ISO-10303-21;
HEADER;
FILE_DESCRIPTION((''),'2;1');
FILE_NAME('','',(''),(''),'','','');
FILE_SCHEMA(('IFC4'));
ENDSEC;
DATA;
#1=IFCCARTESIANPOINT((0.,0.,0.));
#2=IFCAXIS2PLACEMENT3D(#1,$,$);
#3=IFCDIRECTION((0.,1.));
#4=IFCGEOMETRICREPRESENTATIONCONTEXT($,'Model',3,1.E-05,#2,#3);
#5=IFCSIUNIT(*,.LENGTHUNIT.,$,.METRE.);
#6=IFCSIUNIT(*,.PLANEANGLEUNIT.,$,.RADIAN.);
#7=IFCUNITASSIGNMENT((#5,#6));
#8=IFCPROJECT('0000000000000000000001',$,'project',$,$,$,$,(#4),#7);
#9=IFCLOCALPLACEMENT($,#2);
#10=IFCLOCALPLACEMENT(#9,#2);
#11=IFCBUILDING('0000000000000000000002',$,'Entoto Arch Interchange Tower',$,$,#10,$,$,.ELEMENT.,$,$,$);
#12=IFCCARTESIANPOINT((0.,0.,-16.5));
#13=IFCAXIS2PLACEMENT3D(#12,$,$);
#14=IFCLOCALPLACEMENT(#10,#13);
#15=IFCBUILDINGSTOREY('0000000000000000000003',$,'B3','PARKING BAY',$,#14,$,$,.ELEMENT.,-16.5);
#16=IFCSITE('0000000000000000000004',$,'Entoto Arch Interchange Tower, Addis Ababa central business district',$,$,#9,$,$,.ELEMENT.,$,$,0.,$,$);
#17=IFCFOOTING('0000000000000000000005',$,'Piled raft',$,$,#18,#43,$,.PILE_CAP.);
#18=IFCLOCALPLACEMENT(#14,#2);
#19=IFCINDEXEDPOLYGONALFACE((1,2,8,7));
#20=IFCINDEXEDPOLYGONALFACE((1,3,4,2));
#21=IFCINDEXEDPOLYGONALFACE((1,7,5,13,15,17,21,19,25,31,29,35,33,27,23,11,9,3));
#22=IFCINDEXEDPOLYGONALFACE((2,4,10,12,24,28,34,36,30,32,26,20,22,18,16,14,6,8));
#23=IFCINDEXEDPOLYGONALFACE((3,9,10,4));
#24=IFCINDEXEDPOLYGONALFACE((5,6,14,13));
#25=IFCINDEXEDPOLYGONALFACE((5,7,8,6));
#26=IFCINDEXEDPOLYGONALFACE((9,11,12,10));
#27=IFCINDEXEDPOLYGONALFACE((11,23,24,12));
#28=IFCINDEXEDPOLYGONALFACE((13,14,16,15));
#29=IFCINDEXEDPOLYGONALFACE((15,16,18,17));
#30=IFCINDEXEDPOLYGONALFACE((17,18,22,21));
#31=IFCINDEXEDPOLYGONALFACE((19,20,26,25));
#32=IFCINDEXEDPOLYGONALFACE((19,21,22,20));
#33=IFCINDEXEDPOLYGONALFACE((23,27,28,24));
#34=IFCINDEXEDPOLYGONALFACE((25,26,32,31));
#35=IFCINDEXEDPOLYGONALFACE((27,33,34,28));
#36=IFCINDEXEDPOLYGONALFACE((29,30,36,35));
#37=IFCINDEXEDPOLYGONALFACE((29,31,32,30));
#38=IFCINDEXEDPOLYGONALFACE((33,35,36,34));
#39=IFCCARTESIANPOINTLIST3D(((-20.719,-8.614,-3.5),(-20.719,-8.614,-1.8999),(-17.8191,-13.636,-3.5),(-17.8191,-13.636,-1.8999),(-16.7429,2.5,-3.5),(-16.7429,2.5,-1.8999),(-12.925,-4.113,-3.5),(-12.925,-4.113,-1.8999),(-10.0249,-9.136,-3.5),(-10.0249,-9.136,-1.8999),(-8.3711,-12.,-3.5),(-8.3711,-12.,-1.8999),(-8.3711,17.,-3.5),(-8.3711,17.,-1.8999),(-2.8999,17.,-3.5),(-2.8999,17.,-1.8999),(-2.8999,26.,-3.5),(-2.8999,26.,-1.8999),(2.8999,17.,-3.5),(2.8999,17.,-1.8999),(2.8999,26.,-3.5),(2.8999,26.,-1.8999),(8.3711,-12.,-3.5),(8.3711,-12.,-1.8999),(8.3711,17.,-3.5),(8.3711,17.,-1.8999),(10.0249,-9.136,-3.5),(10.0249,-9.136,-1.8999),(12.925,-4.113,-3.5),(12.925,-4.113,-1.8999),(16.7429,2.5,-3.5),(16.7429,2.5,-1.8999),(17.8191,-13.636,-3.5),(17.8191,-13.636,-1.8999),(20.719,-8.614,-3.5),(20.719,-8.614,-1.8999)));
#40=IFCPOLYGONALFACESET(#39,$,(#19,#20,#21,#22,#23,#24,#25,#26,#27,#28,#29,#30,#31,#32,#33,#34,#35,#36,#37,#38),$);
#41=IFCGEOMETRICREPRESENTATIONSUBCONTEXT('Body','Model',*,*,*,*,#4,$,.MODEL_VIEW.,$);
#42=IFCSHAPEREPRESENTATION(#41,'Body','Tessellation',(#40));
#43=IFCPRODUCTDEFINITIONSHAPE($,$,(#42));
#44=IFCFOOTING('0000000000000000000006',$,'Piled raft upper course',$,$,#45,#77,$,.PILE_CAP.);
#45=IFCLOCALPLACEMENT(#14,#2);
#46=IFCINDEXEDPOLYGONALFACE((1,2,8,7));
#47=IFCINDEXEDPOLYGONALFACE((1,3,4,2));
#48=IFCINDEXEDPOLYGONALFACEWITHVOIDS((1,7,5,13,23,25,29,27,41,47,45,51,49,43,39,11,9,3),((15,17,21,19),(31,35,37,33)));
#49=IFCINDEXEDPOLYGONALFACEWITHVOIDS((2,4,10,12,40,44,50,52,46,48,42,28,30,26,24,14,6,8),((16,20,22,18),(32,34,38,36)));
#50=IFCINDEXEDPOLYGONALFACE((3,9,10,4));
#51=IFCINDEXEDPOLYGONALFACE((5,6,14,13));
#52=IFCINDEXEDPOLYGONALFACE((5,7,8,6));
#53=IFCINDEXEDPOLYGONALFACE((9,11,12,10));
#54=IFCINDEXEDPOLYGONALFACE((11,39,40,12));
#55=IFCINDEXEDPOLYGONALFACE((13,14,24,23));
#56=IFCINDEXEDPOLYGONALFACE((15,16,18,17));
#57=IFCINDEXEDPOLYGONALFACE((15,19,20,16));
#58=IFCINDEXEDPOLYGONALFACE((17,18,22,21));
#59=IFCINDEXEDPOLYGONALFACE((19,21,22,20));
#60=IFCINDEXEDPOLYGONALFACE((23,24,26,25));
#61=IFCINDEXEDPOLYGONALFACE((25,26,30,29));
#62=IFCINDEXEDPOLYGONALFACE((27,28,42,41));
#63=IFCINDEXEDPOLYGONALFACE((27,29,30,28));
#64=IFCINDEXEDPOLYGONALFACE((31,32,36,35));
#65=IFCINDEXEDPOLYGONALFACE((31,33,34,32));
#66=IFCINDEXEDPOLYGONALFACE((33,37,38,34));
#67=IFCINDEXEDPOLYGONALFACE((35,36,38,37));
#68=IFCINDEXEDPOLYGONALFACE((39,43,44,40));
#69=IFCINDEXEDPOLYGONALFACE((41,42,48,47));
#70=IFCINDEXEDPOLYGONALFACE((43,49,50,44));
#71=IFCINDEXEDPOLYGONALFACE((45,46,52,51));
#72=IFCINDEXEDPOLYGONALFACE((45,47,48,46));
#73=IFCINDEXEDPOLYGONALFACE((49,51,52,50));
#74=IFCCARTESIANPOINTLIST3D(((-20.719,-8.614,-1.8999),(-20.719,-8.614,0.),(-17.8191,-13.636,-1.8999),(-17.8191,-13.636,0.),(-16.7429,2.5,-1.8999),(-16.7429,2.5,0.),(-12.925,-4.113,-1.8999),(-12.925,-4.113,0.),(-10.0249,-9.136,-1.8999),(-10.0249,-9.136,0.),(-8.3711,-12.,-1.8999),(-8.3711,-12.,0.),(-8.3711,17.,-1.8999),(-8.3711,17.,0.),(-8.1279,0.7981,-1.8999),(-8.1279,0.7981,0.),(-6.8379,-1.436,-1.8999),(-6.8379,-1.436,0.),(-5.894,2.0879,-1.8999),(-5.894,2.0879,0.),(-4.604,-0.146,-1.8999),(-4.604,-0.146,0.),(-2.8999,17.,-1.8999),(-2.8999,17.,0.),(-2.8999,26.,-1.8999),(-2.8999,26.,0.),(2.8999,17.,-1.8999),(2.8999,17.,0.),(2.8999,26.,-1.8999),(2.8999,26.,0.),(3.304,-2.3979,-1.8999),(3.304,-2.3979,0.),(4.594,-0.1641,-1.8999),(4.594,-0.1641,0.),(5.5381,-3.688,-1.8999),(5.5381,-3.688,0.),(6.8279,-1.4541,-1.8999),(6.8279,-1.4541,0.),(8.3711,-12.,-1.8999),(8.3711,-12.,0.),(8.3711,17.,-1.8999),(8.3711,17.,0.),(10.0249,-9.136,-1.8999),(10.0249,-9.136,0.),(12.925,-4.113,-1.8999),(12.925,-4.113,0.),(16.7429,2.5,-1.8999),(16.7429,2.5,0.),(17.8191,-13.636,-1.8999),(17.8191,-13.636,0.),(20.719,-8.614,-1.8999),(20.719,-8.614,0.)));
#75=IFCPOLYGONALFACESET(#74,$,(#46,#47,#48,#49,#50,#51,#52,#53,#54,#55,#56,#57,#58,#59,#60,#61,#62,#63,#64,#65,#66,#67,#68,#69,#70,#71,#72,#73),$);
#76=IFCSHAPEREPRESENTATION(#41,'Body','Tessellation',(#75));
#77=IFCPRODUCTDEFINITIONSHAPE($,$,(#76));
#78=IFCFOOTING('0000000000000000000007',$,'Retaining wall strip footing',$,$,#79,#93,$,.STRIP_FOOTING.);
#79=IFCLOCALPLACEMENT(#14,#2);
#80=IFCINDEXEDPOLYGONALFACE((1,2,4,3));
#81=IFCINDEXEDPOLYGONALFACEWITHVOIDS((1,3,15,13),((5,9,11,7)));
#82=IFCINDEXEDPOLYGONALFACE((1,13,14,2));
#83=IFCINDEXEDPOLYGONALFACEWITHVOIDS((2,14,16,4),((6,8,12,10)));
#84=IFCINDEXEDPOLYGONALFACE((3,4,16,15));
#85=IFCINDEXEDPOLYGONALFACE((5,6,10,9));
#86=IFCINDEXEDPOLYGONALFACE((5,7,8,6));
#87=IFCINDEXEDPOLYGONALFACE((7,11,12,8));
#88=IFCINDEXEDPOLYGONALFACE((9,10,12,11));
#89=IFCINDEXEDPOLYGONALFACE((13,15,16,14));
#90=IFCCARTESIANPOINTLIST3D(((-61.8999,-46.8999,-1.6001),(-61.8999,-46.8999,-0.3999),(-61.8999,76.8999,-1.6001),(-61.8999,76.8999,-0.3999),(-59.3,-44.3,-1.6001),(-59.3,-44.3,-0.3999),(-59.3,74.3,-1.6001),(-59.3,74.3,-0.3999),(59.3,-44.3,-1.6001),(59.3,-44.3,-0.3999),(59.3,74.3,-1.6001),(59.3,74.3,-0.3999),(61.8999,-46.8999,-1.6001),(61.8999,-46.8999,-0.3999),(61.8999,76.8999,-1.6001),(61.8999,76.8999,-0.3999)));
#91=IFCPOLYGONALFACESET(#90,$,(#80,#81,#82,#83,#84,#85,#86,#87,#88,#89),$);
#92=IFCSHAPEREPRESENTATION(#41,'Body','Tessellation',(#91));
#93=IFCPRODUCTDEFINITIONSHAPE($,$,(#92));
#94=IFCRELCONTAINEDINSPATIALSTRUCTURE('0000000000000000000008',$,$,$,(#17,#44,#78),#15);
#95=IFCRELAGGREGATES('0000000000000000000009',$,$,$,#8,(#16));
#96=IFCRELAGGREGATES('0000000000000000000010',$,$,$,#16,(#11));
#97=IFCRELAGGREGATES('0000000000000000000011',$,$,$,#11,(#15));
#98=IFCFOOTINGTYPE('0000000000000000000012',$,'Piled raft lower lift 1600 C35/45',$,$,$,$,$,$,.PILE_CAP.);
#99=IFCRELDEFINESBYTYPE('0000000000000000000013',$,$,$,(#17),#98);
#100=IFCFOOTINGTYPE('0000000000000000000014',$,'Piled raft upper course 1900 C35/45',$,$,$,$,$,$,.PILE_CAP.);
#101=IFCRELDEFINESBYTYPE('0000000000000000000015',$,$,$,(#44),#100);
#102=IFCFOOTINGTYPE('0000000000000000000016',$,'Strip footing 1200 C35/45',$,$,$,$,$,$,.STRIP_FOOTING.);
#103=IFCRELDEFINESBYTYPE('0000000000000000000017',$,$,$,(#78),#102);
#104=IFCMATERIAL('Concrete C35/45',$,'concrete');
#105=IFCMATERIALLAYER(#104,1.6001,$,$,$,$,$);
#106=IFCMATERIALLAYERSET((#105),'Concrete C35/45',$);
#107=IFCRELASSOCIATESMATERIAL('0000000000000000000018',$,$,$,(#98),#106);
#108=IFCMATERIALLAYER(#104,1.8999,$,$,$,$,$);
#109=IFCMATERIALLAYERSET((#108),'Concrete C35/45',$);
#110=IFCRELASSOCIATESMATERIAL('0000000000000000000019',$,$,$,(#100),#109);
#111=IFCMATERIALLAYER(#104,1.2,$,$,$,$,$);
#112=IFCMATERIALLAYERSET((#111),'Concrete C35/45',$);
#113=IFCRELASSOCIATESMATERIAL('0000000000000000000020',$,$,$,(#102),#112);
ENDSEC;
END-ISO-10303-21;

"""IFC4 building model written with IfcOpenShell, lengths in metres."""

from ifc_helpers import new_model, si_unit, direction, frame, origin, place, context, subcontext, project, spatial, polyline, outline, extrude, material, layer, layer_set, type_object, element, save


model = new_model("IFC4")

# Units and contexts
model_context = context("Model", 3, precision=1e-05, world=origin(), true_north=direction((0.0, 1.0)))
body_context = subcontext(model_context, "Body", "Model", "MODEL_VIEW")
ifc_project = project(units=[si_unit("LENGTHUNIT", "METRE"), si_unit("PLANEANGLEUNIT", "RADIAN")], contexts=[model_context])

# Site, building, storey
site_placement = place(None, origin())
site = spatial("IfcSite", under=ifc_project, at=site_placement, Name="Entoto Arch Interchange Tower, Addis Ababa central business district", CompositionType="ELEMENT", RefElevation=0.0)
building_placement = place(site_placement, origin())
building = spatial("IfcBuilding", under=site, at=building_placement, Name="Entoto Arch Interchange Tower", CompositionType="ELEMENT")
storey_placement = place(building_placement, frame((0.0, 0.0, -16.5)))
storey = spatial("IfcBuildingStorey", under=building, at=storey_placement, Name="B3", Description="PARKING BAY", CompositionType="ELEMENT", Elevation=-16.5)

# Shared definitions
ifc_material = material(Name="Concrete C35/45", Category="concrete")

# Footings
ifc_layer_1 = layer(ifc_material, 1.6001)
ifc_layer_set_1 = layer_set([ifc_layer_1], Name="Concrete C35/45")
footing_type_1 = type_object("IfcFootingType", Name="Piled raft lower lift 1600 C35/45", PredefinedType="PILE_CAP", material=ifc_layer_set_1)
footing_1_placement = place(storey_placement, frame((0.0, 0.0, -3.5)))
element("IfcFooting", 1, at=footing_1_placement, inside=storey, type_object=footing_type_1, Name="Piled raft", PredefinedType="PILE_CAP", context=body_context, shape_type="SweptSolid", body=[
    extrude(outline(polyline([(-20.719, -8.614), (-17.8191, -13.636), (-10.0249, -9.136), (-8.3711, -12.0), (8.3711, -12.0), (10.0249, -9.136), (17.8191, -13.636), (20.719, -8.614), (12.925, -4.113), (16.7429, 2.5), (8.3711, 17.0), (2.8999, 17.0), (2.8999, 26.0), (-2.8999, 26.0), (-2.8999, 17.0), (-8.3711, 17.0), (-16.7429, 2.5), (-12.925, -4.113), (-20.719, -8.614)])), origin(), (0.0, 0.0, 1.0), 1.6001),
])
ifc_layer_2 = layer(ifc_material, 1.8999)
ifc_layer_set_2 = layer_set([ifc_layer_2], Name="Concrete C35/45")
footing_type_2 = type_object("IfcFootingType", Name="Piled raft upper course 1900 C35/45", PredefinedType="PILE_CAP", material=ifc_layer_set_2)
footing_2_placement = place(storey_placement, frame((0.0, 0.0, -1.8999)))
element("IfcFooting", 2, at=footing_2_placement, inside=storey, type_object=footing_type_2, Name="Piled raft upper course", PredefinedType="PILE_CAP", context=body_context, shape_type="SweptSolid", body=[
    extrude(outline(polyline([(-12.925, -4.113), (-20.719, -8.614), (-17.8191, -13.636), (-10.0249, -9.136), (-8.3711, -12.0), (8.3711, -12.0), (10.0249, -9.136), (17.8191, -13.636), (20.719, -8.614), (12.925, -4.113), (16.7429, 2.5), (8.3711, 17.0), (2.8999, 17.0), (2.8999, 26.0), (-2.8999, 26.0), (-2.8999, 17.0), (-8.3711, 17.0), (-16.7429, 2.5), (-12.925, -4.113)]), holes=[polyline([(3.304, -2.3979), (5.5381, -3.688), (6.8279, -1.4541), (4.594, -0.1641), (3.304, -2.3979)]), polyline([(-5.894, 2.0879), (-8.1279, 0.7981), (-6.8379, -1.436), (-4.604, -0.146), (-5.894, 2.0879)])]), origin(), (0.0, 0.0, 1.0), 1.8999),
])
ifc_layer_3 = layer(ifc_material, 1.2)
ifc_layer_set_3 = layer_set([ifc_layer_3], Name="Concrete C35/45")
footing_type_3 = type_object("IfcFootingType", Name="Strip footing 1200 C35/45", PredefinedType="STRIP_FOOTING", material=ifc_layer_set_3)
footing_3_placement = place(storey_placement, frame((0.0, 0.0, -1.6001)))
element("IfcFooting", 3, at=footing_3_placement, inside=storey, type_object=footing_type_3, Name="Retaining wall strip footing", PredefinedType="STRIP_FOOTING", context=body_context, shape_type="SweptSolid", body=[
    extrude(outline(polyline([(61.8999, -46.8999), (61.8999, 76.8999), (-61.8999, 76.8999), (-61.8999, -46.8999), (61.8999, -46.8999)]), holes=[polyline([(59.3, 74.3), (-59.3, 74.3), (-59.3, -44.3), (59.3, -44.3), (59.3, 74.3)])]), origin(), (0.0, 0.0, 1.0), 1.2002),
])

save(model, "model.ifc")
